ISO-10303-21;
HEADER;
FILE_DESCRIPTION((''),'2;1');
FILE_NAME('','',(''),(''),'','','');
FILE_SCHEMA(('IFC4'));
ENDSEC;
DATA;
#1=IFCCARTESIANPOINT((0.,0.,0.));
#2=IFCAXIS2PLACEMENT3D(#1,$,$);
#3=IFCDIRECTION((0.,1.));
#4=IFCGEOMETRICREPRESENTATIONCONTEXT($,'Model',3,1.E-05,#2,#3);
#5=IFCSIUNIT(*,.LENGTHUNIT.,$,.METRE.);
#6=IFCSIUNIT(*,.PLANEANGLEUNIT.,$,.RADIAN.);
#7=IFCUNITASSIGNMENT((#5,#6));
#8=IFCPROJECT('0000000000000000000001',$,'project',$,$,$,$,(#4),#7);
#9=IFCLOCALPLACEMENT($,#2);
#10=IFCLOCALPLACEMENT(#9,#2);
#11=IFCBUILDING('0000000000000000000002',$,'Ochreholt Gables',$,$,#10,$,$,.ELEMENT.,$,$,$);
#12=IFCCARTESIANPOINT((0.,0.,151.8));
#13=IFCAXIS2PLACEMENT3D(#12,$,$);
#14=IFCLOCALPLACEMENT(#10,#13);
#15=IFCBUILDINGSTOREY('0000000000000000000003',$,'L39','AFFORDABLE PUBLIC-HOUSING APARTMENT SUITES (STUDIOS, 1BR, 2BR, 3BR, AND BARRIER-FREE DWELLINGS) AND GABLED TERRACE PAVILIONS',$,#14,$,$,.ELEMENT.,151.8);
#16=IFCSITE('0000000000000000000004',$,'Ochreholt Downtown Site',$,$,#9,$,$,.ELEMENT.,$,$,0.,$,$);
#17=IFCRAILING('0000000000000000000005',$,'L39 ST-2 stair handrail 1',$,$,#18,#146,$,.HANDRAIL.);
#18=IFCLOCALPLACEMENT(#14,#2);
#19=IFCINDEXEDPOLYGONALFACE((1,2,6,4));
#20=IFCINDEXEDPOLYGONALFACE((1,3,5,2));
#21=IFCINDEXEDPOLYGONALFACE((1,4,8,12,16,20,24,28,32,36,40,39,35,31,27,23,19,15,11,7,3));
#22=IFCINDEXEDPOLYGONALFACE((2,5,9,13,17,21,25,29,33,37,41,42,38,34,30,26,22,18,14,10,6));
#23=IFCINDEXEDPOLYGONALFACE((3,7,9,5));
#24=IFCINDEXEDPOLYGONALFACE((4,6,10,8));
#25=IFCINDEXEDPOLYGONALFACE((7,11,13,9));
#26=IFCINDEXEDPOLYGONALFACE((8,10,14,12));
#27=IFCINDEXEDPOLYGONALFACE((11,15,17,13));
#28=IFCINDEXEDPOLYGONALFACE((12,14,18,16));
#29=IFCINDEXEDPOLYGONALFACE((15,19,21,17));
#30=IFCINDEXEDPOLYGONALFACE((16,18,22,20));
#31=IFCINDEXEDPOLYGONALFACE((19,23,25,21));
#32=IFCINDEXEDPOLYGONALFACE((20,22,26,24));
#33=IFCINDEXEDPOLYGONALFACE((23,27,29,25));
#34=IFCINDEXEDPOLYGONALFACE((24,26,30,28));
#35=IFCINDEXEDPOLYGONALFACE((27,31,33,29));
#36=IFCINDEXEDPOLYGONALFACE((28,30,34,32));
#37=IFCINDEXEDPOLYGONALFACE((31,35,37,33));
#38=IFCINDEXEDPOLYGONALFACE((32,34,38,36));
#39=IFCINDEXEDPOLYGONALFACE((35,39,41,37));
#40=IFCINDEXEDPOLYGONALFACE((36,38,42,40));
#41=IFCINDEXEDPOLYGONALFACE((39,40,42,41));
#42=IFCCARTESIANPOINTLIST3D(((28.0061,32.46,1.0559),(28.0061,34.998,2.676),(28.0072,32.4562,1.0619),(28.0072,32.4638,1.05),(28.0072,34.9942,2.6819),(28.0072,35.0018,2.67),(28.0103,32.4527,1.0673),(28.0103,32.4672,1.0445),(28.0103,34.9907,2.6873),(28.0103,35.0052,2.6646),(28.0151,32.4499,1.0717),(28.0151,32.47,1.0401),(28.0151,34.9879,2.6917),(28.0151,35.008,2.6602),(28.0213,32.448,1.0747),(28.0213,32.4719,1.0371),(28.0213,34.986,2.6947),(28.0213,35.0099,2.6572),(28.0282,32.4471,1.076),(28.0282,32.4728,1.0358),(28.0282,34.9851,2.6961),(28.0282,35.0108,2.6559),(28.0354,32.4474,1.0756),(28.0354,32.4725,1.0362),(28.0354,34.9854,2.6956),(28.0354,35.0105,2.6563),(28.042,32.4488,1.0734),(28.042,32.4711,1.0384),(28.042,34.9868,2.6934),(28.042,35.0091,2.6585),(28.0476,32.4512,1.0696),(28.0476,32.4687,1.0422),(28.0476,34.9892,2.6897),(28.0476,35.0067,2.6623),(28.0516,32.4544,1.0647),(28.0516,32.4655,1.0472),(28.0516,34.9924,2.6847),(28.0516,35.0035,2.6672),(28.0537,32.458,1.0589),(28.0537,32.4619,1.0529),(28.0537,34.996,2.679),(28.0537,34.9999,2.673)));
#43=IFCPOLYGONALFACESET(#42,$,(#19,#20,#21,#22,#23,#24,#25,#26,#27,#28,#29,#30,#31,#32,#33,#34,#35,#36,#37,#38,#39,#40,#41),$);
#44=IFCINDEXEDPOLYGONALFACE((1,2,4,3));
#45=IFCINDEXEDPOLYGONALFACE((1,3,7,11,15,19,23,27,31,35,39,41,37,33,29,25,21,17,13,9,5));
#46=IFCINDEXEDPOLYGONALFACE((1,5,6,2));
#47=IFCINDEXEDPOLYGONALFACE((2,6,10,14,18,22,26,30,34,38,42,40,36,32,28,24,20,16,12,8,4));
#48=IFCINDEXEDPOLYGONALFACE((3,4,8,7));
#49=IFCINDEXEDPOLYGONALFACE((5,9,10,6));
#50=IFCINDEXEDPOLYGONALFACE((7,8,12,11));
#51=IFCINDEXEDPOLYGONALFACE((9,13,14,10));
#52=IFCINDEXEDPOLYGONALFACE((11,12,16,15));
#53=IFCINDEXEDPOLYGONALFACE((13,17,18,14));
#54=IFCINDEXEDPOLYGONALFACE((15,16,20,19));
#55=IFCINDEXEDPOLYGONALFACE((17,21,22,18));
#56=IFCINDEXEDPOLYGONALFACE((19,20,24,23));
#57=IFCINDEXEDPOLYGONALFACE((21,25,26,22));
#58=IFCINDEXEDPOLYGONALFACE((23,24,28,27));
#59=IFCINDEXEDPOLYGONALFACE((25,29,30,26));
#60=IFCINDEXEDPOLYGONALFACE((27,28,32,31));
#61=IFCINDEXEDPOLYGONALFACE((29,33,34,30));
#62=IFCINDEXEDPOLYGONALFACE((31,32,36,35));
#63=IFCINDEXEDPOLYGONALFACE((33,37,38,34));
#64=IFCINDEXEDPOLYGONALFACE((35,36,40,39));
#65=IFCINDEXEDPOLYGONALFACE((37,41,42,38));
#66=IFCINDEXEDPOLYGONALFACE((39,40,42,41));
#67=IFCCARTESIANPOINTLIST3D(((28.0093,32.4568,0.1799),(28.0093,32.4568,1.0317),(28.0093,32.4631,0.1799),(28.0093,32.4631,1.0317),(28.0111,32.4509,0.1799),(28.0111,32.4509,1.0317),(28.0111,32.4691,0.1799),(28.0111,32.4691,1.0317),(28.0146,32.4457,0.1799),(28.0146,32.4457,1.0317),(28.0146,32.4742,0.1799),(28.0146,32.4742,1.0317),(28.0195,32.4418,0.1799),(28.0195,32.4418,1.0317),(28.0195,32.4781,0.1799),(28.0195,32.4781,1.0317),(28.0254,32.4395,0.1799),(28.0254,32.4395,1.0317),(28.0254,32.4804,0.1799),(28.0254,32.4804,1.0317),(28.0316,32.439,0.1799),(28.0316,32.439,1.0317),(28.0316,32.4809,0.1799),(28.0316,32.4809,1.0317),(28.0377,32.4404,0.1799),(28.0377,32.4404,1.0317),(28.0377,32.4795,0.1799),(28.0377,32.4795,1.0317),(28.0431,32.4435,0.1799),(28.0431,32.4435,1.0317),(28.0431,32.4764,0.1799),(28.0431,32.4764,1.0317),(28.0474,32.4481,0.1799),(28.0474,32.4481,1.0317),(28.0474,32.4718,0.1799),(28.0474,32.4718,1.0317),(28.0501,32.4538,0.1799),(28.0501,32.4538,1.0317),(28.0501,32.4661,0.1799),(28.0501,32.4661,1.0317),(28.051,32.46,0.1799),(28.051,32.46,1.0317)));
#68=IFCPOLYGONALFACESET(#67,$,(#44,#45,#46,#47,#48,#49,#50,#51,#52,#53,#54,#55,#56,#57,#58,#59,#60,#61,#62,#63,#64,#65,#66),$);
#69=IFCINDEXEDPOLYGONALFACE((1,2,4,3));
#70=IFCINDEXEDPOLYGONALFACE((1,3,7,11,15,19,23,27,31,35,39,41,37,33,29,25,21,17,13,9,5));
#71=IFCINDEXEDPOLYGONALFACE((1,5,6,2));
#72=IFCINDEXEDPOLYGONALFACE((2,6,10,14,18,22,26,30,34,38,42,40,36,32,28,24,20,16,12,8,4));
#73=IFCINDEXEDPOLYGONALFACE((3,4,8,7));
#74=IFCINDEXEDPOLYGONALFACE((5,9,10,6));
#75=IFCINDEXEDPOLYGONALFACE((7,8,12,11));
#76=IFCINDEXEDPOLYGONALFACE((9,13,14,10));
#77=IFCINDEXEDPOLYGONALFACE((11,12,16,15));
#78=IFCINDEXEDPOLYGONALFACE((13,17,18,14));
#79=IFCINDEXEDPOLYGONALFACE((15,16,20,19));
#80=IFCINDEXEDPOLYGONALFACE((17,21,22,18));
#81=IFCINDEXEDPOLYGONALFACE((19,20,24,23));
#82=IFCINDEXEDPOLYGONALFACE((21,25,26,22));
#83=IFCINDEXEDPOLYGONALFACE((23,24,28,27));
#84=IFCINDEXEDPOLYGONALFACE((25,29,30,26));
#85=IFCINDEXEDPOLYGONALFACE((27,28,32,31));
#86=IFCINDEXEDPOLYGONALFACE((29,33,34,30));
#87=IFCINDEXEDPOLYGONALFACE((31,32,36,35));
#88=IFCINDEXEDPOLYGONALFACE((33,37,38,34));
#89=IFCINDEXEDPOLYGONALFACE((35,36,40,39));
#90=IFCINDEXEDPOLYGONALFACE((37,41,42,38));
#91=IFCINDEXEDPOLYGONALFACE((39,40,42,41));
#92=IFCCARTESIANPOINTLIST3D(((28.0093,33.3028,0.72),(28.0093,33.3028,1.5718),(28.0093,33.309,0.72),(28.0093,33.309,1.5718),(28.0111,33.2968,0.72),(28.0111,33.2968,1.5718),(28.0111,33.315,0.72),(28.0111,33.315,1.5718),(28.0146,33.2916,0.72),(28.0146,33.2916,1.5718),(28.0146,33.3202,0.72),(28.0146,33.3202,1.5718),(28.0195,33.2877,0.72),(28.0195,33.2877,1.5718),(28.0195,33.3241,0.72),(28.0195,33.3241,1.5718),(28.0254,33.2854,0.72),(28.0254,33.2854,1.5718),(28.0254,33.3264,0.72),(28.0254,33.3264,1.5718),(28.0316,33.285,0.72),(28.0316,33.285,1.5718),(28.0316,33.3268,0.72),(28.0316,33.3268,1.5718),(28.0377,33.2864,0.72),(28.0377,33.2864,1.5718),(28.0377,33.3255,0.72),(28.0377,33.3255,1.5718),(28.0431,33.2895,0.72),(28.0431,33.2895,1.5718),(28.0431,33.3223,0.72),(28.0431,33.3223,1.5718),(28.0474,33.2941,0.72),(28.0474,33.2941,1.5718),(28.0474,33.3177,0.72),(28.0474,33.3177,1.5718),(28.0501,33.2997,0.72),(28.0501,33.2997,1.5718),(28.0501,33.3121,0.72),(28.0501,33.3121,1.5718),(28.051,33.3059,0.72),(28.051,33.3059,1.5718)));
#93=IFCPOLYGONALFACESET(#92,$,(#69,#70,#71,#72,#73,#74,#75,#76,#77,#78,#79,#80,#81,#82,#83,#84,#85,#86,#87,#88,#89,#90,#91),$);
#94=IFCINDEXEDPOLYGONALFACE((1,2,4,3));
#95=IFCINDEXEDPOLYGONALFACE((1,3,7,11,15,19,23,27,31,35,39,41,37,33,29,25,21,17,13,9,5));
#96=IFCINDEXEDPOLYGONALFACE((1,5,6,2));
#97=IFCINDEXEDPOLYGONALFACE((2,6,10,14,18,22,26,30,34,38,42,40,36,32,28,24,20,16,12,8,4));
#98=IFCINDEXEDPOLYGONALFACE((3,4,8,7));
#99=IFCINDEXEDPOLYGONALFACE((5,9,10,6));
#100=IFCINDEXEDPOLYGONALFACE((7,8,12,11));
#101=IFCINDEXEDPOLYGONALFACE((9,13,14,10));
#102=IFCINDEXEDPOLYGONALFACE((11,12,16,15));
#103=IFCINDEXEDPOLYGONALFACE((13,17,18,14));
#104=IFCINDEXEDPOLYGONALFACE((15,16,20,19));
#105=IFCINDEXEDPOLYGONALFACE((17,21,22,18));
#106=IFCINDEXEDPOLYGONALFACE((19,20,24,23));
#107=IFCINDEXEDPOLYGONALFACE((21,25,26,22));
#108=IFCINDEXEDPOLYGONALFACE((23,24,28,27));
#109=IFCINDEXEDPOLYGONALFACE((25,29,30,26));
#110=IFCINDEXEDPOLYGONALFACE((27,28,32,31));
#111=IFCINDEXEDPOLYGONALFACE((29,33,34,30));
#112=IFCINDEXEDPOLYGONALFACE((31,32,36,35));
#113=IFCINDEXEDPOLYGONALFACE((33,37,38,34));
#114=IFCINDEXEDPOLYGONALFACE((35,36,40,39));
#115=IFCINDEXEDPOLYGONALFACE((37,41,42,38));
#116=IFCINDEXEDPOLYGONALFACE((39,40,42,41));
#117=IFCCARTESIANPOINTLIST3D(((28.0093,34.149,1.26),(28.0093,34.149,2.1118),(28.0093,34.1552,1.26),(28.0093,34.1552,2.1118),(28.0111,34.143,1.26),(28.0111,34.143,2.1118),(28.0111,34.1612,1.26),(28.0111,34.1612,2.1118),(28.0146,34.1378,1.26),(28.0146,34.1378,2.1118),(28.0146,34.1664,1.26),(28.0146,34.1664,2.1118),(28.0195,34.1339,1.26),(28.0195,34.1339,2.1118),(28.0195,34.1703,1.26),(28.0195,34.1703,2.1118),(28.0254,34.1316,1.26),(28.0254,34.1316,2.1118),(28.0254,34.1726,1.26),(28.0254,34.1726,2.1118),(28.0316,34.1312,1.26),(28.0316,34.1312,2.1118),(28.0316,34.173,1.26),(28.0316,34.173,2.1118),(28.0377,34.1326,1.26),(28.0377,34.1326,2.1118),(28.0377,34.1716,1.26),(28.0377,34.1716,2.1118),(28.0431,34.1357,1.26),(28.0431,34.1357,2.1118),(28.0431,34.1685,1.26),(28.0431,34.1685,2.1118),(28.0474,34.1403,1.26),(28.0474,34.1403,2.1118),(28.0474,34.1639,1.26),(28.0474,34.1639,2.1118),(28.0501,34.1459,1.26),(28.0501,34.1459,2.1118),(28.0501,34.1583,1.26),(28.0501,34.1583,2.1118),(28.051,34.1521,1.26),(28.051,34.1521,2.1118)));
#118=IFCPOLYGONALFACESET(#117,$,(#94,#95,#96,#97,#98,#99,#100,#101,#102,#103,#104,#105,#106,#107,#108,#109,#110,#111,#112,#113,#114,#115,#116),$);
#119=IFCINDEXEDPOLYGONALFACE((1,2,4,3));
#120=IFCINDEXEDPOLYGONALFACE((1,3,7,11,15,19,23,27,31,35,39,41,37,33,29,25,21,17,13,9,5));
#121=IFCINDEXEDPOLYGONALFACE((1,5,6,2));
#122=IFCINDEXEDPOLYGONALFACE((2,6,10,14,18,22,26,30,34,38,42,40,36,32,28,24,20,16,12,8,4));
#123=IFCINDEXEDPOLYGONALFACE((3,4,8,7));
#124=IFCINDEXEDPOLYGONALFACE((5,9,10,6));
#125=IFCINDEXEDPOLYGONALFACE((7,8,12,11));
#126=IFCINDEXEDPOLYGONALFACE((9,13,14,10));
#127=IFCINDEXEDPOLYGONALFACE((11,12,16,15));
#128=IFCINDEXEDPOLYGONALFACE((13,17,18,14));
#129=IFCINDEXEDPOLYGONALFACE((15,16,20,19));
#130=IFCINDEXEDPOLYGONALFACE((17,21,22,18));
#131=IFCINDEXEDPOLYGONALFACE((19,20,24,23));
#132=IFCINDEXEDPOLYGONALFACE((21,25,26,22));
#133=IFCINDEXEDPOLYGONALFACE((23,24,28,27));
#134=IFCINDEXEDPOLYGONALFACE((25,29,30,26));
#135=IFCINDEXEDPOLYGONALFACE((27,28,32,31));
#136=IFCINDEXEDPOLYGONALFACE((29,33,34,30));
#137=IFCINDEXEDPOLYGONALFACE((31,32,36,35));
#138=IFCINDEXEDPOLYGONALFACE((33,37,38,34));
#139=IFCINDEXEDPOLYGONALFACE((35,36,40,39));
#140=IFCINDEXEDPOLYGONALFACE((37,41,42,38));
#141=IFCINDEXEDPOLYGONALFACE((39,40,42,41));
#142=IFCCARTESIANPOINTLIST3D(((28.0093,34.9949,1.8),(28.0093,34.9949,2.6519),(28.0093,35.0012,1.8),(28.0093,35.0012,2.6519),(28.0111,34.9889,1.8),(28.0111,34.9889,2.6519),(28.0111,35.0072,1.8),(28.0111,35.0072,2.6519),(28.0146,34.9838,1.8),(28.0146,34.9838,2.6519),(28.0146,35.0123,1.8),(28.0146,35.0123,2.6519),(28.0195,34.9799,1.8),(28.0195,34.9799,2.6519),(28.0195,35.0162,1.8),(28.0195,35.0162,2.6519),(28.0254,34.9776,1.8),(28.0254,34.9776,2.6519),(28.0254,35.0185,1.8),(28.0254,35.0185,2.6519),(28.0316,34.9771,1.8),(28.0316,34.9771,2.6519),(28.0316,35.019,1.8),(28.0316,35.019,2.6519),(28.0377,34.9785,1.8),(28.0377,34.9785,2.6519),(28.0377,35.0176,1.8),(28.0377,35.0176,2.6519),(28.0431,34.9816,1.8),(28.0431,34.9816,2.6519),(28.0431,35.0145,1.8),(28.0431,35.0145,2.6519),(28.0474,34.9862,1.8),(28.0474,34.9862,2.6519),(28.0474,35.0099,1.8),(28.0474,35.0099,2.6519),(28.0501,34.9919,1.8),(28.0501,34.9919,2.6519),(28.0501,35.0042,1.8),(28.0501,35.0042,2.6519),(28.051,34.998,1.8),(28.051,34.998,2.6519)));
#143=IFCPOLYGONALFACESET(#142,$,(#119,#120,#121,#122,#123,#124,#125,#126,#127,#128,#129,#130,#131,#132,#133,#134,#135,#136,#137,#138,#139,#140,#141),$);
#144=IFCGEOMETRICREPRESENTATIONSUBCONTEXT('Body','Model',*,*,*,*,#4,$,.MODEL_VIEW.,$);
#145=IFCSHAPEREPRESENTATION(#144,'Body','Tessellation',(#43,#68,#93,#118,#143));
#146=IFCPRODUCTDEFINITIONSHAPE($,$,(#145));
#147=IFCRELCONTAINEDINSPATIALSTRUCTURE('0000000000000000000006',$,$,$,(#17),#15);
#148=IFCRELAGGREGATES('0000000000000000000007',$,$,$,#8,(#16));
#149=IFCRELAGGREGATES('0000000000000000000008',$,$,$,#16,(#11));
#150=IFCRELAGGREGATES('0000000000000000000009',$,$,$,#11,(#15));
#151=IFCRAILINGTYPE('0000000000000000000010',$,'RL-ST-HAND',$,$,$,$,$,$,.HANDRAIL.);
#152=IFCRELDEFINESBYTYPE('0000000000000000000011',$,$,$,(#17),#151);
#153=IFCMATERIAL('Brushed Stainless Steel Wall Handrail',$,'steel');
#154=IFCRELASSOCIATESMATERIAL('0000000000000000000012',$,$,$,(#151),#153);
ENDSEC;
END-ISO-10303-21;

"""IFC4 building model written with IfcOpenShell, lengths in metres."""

from ifc_helpers import new_model, si_unit, direction, frame, origin, origin_2d, place, context, subcontext, project, spatial, circle, extrude, material, type_object, element, save


model = new_model("IFC4")

# Units and contexts
model_context = context("Model", 3, precision=1e-05, world=origin(), true_north=direction((0.0, 1.0)))
body_context = subcontext(model_context, "Body", "Model", "MODEL_VIEW")
ifc_project = project(units=[si_unit("LENGTHUNIT", "METRE"), si_unit("PLANEANGLEUNIT", "RADIAN")], contexts=[model_context])

# Site, building, storey
site_placement = place(None, origin())
site = spatial("IfcSite", under=ifc_project, at=site_placement, Name="Ochreholt Downtown Site", CompositionType="ELEMENT", RefElevation=0.0)
building_placement = place(site_placement, origin())
building = spatial("IfcBuilding", under=site, at=building_placement, Name="Ochreholt Gables", CompositionType="ELEMENT")
storey_placement = place(building_placement, frame((0.0, 0.0, 151.8)))
storey = spatial("IfcBuildingStorey", under=building, at=storey_placement, Name="L39", Description="AFFORDABLE PUBLIC-HOUSING APARTMENT SUITES (STUDIOS, 1BR, 2BR, 3BR, AND BARRIER-FREE DWELLINGS) AND GABLED TERRACE PAVILIONS", CompositionType="ELEMENT", Elevation=151.8)

# Railing
ifc_material_1 = material(Name="Brushed Stainless Steel Wall Handrail", Category="steel")
railing_type_1 = type_object("IfcRailingType", Name="RL-ST-HAND", PredefinedType="HANDRAIL", material=ifc_material_1)
railing_1_placement = place(storey_placement, frame((28.03, 32.46, 0.1799)))
element("IfcRailing", 1, at=railing_1_placement, inside=storey, type_object=railing_type_1, Name="L39 ST-2 stair handrail 1", PredefinedType="HANDRAIL", context=body_context, shape_type="SweptSolid", body=[
    extrude(circle(Radius=0.0239, at=origin_2d()), frame((0.0, 0.0, 0.876), z_axis=(0.0, 0.842913, 0.53805), x_axis=(-1.0, 0.0, 0.0)), (0.0, 0.0, 1.0), 3.011),
    extrude(circle(Radius=0.021, at=origin_2d()), origin(), (0.0, 0.0, 1.0), 0.8518),
    extrude(circle(Radius=0.021, at=origin_2d()), frame((0.0, 0.8459, 0.54)), (0.0, 0.0, 1.0), 0.8518),
    extrude(circle(Radius=0.021, at=origin_2d()), frame((0.0, 1.6921, 1.0801)), (0.0, 0.0, 1.0), 0.8518),
    extrude(circle(Radius=0.021, at=origin_2d()), frame((0.0, 2.5381, 1.6201)), (0.0, 0.0, 1.0), 0.8518),
])

save(model, "model.ifc")
